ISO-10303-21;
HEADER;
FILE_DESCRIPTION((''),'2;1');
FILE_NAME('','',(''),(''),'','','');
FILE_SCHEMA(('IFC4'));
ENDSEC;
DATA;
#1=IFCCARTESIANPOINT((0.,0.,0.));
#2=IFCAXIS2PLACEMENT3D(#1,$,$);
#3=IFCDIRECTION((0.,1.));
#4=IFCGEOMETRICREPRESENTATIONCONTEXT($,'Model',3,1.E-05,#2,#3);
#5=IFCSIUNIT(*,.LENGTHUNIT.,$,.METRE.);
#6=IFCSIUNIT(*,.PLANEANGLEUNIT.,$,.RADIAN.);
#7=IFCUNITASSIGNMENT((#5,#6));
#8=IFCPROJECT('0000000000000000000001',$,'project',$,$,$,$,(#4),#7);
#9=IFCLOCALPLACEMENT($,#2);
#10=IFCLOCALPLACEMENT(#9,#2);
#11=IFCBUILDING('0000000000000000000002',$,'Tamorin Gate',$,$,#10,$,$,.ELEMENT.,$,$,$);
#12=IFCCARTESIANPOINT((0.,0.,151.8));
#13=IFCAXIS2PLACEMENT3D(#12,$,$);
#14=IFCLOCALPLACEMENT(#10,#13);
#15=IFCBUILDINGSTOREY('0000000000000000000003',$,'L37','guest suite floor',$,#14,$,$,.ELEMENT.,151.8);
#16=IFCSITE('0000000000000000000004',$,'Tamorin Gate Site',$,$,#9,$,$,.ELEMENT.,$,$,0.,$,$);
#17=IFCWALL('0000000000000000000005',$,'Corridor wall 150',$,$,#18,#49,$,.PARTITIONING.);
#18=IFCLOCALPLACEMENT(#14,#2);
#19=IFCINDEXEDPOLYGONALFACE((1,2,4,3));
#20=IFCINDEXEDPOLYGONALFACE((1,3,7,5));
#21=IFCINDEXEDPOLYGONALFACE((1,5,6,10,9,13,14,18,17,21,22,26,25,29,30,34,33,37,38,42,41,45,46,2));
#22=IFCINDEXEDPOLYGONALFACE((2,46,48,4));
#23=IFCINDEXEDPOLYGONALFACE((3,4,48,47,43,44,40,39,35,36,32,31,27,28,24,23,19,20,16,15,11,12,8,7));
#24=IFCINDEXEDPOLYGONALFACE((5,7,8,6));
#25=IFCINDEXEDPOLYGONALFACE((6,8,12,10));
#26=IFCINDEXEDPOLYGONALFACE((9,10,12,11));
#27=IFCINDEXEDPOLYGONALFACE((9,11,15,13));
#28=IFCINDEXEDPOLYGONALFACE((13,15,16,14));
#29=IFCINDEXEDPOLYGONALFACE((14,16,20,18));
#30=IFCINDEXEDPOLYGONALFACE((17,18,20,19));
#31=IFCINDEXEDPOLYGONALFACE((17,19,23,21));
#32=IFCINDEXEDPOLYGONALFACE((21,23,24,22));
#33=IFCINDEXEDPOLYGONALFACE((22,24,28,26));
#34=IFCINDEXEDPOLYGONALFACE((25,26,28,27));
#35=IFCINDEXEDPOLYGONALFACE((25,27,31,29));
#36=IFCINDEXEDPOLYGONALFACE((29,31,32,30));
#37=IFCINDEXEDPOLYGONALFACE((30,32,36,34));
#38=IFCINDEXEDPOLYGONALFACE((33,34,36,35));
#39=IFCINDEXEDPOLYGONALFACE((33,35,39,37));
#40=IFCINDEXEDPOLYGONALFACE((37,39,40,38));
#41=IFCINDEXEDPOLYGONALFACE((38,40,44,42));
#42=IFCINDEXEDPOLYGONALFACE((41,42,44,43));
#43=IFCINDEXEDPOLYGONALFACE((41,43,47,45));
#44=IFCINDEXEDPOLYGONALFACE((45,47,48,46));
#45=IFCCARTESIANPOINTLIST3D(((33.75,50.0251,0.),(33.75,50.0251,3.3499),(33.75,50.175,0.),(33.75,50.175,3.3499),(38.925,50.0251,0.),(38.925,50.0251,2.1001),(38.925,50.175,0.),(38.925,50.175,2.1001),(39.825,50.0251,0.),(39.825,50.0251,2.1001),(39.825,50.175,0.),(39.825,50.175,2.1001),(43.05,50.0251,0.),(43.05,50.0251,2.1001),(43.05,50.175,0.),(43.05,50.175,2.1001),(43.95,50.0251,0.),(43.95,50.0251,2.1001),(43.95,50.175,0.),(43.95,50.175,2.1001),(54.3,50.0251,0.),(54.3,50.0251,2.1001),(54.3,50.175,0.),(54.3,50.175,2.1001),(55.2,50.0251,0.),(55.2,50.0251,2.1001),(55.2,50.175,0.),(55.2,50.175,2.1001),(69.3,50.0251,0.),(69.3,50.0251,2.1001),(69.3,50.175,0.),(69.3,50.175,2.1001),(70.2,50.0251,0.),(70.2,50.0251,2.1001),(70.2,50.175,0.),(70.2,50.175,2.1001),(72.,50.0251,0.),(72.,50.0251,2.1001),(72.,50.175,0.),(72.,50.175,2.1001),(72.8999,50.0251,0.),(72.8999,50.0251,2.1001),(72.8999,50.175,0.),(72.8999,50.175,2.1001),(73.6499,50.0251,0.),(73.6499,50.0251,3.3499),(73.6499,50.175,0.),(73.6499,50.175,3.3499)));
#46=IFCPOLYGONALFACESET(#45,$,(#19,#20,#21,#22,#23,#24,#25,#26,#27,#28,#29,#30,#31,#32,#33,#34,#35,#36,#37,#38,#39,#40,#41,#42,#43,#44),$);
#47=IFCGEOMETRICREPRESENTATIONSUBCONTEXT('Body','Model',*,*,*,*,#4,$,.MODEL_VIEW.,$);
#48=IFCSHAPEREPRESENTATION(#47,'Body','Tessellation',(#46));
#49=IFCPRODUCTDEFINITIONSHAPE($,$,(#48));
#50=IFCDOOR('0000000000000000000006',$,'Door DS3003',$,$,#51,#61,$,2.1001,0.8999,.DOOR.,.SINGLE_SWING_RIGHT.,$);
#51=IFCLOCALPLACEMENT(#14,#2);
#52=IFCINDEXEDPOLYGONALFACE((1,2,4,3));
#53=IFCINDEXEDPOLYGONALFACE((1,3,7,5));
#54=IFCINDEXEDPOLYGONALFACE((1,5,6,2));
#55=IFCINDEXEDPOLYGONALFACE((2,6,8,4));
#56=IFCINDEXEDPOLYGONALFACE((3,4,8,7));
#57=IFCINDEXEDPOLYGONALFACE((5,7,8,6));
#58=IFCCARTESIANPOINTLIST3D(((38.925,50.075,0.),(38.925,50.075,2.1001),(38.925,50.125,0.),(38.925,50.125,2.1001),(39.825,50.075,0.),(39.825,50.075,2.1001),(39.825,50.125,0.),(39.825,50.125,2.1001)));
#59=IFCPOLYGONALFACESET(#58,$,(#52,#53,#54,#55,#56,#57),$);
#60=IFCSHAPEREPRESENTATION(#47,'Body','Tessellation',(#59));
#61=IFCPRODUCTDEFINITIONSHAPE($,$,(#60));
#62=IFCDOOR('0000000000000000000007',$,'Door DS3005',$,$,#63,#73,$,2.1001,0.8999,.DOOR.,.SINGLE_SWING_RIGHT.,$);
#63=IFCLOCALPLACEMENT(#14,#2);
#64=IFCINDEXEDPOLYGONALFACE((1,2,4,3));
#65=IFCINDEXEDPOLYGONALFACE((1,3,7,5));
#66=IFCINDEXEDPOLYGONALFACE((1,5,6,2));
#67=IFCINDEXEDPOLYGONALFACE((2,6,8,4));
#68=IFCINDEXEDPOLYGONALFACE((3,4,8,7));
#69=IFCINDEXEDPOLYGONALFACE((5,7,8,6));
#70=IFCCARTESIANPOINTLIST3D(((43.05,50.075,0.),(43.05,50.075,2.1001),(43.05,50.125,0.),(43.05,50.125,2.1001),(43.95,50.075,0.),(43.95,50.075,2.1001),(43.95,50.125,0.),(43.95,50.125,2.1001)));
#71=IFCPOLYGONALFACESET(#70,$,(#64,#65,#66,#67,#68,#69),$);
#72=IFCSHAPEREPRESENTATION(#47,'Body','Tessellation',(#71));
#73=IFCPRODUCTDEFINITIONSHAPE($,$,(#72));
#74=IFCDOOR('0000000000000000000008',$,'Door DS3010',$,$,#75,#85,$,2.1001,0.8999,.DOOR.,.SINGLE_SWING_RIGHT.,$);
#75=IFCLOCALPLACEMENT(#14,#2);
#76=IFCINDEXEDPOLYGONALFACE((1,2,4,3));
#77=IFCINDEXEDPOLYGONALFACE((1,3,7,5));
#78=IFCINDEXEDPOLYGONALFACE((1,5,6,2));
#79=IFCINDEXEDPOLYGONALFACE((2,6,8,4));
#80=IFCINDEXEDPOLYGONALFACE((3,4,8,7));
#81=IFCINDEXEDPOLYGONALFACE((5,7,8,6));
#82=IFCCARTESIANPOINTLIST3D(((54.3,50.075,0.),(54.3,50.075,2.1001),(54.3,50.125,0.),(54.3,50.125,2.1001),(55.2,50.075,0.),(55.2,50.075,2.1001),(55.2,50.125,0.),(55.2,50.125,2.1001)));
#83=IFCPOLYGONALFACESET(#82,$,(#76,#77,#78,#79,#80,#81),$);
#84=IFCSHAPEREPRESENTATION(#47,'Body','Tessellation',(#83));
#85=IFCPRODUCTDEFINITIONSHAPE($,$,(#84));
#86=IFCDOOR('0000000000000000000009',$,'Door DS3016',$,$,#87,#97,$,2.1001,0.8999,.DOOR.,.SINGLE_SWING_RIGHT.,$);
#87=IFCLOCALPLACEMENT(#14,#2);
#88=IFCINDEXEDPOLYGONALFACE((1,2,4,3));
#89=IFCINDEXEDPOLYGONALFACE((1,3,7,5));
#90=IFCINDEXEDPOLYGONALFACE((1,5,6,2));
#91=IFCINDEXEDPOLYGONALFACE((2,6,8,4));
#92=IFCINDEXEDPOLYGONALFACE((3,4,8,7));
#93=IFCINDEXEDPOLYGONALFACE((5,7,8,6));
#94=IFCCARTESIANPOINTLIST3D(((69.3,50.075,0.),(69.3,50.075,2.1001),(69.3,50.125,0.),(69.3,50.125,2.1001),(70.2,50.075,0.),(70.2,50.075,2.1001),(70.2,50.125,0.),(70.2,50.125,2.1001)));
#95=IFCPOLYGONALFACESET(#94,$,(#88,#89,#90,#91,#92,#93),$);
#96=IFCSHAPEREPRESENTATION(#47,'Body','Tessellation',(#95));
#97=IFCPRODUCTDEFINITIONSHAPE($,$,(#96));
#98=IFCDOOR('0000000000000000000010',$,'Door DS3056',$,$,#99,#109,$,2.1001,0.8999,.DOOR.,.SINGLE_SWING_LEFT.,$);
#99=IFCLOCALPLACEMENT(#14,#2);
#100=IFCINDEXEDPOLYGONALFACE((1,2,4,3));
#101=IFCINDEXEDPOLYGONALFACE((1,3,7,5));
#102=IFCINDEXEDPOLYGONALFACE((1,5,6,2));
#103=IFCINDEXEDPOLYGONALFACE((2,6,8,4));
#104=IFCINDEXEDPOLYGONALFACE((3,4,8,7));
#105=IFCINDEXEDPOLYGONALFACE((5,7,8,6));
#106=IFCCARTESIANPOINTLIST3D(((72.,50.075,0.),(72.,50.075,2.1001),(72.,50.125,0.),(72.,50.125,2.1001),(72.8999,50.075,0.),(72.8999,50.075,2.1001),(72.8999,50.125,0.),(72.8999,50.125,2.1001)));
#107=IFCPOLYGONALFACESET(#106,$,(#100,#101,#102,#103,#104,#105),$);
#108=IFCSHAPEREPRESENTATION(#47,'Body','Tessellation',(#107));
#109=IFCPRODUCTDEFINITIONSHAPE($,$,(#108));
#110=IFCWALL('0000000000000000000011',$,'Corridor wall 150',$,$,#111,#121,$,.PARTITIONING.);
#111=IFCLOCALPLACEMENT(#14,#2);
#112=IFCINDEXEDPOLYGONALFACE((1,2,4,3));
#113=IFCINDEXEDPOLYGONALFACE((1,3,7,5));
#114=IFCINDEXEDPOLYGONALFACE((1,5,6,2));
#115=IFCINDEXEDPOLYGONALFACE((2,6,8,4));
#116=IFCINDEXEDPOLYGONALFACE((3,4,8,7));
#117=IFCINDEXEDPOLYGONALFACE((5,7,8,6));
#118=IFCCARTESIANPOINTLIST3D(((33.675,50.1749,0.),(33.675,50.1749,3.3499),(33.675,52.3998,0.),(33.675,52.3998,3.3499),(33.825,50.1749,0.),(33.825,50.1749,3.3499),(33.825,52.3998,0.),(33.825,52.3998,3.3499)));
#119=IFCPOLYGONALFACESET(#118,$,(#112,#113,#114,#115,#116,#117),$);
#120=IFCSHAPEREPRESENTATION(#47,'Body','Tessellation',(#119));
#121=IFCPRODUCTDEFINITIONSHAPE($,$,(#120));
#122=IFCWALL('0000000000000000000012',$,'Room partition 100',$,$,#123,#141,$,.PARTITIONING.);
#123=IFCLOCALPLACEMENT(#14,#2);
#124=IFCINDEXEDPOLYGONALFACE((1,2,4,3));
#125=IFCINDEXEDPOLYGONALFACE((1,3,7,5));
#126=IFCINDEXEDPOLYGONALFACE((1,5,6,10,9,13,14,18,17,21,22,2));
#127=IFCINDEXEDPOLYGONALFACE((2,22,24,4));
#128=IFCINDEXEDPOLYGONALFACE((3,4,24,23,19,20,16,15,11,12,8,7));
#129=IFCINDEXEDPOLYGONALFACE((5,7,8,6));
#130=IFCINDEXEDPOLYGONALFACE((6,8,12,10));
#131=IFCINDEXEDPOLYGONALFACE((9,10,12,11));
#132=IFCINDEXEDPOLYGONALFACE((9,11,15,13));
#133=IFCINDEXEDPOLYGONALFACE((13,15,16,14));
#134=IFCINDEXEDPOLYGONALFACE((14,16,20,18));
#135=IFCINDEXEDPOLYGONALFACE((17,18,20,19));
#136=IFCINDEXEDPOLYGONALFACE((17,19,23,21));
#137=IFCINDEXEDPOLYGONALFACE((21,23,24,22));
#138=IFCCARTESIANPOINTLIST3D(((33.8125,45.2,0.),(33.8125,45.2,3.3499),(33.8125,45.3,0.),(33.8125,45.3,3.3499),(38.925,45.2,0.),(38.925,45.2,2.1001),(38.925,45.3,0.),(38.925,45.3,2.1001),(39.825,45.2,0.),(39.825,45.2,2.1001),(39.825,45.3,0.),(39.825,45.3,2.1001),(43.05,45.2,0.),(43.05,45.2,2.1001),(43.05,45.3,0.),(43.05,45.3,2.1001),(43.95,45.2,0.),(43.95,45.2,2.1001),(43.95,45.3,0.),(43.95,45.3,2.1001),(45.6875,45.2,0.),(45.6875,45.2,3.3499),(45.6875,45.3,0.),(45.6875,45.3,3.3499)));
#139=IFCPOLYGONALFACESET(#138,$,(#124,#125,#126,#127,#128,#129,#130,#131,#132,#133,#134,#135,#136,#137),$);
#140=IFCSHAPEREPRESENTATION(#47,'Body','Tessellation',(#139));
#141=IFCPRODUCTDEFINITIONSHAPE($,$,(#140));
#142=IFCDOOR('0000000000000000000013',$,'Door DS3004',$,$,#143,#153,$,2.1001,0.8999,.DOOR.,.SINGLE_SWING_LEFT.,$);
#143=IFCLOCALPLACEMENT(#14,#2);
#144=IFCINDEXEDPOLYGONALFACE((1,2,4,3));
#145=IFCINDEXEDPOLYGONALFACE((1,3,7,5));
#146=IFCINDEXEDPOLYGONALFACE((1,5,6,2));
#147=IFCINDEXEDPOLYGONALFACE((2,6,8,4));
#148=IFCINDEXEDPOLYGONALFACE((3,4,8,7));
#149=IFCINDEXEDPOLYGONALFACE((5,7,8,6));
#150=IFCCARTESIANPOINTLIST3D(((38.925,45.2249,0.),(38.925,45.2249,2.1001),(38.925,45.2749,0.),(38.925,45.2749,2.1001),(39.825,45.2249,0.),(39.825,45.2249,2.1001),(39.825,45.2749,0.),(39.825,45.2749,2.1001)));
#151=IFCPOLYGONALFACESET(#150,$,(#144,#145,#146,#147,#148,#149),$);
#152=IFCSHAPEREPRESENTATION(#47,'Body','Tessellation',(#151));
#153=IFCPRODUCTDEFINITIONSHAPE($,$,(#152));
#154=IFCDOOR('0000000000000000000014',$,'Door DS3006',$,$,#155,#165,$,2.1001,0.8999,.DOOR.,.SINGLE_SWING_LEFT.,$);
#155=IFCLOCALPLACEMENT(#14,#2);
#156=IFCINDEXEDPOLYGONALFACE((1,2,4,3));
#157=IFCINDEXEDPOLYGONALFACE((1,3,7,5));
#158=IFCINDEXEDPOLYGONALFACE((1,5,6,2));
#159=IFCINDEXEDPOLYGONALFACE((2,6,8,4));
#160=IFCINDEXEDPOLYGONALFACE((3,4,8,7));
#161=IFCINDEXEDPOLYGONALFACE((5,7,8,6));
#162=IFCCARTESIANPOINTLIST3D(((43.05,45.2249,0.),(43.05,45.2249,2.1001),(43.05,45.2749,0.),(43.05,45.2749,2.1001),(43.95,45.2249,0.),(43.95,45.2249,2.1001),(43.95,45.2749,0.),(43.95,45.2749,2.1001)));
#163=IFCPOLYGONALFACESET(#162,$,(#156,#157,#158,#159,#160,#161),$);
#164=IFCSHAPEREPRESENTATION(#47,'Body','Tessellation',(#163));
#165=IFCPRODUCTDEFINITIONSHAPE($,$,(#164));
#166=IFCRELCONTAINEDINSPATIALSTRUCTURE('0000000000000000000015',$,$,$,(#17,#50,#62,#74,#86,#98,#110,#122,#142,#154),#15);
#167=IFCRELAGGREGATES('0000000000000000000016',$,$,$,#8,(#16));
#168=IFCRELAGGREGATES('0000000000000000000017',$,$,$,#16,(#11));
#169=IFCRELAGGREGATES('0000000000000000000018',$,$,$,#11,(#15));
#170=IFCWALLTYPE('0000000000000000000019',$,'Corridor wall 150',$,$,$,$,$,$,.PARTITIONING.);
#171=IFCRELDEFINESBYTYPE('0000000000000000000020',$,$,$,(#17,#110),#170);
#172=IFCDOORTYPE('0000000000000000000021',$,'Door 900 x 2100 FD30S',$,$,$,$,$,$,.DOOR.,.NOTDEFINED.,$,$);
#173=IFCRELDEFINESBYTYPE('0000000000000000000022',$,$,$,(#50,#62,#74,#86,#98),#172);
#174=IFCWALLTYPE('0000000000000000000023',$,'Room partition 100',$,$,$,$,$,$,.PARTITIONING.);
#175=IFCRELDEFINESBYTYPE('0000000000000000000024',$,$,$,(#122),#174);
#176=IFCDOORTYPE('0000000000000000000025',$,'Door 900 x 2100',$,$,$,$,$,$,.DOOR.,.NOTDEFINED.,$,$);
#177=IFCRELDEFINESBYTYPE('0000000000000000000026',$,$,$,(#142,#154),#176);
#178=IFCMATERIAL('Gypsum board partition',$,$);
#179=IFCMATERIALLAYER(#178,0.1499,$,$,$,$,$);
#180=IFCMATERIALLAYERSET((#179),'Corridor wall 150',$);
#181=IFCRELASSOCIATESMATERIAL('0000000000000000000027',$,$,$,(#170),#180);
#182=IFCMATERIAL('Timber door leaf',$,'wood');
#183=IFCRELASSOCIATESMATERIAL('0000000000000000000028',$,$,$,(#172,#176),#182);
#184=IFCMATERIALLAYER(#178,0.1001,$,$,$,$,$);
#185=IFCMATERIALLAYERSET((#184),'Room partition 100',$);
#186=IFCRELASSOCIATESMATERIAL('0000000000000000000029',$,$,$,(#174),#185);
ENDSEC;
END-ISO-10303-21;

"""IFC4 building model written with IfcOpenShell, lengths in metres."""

from ifc_helpers import new_model, si_unit, direction, frame, frame_2d, origin, place, context, subcontext, project, spatial, rectangle, extrude, material, layer, layer_set, type_object, element, fill, save


model = new_model("IFC4")

# Units and contexts
model_context = context("Model", 3, precision=1e-05, world=origin(), true_north=direction((0.0, 1.0)))
body_context = subcontext(model_context, "Body", "Model", "MODEL_VIEW")
ifc_project = project(units=[si_unit("LENGTHUNIT", "METRE"), si_unit("PLANEANGLEUNIT", "RADIAN")], contexts=[model_context])

# Site, building, storey
site_placement = place(None, origin())
site = spatial("IfcSite", under=ifc_project, at=site_placement, Name="Tamorin Gate Site", CompositionType="ELEMENT", RefElevation=0.0)
building_placement = place(site_placement, origin())
building = spatial("IfcBuilding", under=site, at=building_placement, Name="Tamorin Gate", CompositionType="ELEMENT")
storey_placement = place(building_placement, frame((0.0, 0.0, 151.8)))
storey = spatial("IfcBuildingStorey", under=building, at=storey_placement, Name="L37", Description="guest suite floor", CompositionType="ELEMENT", Elevation=151.8)

# Wall, openings, doors
ifc_material_1 = material(Name="Gypsum board partition")
ifc_layer_1 = layer(ifc_material_1, 0.1499)
ifc_layer_set_1 = layer_set([ifc_layer_1], Name="Corridor wall 150")
wall_type_1 = type_object("IfcWallType", Name="Corridor wall 150", PredefinedType="PARTITIONING", material=ifc_layer_set_1)
wall_1_placement = place(storey_placement, frame((33.75, 50.1001, 0.0), z_axis=(0.0, 0.0, 1.0), x_axis=(1.0, 0.0, 0.0)))
wall_1 = element("IfcWall", 1, at=wall_1_placement, inside=storey, type_object=wall_type_1, Name="Corridor wall 150", PredefinedType="PARTITIONING", context=body_context, shape_type="SweptSolid", body=[
    extrude(rectangle(XDim=39.8999, YDim=0.1499, at=frame_2d((19.95, 0.0))), origin(), (0.0, 0.0, 1.0), 3.3499),
])
opening_1_placement = place(wall_1_placement, frame((5.175, 0.0, 0.0)))
opening_1 = element("IfcOpeningElement", 2, at=opening_1_placement, cuts=wall_1, PredefinedType="OPENING", context=body_context, shape_type="SweptSolid", body=[
    extrude(rectangle(XDim=0.8999, YDim=2.1001, at=frame_2d((0.45, 1.05))), frame((0.0, 0.085, 0.0), z_axis=(0.0, -1.0, 0.0), x_axis=(1.0, 0.0, 0.0)), (0.0, 0.0, 1.0), 0.1699),
])
opening_2_placement = place(wall_1_placement, frame((9.3, 0.0, 0.0)))
opening_2 = element("IfcOpeningElement", 3, at=opening_2_placement, cuts=wall_1, PredefinedType="OPENING", context=body_context, shape_type="SweptSolid", body=[
    extrude(rectangle(XDim=0.8999, YDim=2.1001, at=frame_2d((0.45, 1.05))), frame((0.0, 0.085, 0.0), z_axis=(0.0, -1.0, 0.0), x_axis=(1.0, 0.0, 0.0)), (0.0, 0.0, 1.0), 0.1699),
])
opening_3_placement = place(wall_1_placement, frame((20.55, 0.0, 0.0)))
opening_3 = element("IfcOpeningElement", 4, at=opening_3_placement, cuts=wall_1, PredefinedType="OPENING", context=body_context, shape_type="SweptSolid", body=[
    extrude(rectangle(XDim=0.8999, YDim=2.1001, at=frame_2d((0.45, 1.05))), frame((0.0, 0.085, 0.0), z_axis=(0.0, -1.0, 0.0), x_axis=(1.0, 0.0, 0.0)), (0.0, 0.0, 1.0), 0.1699),
])
opening_4_placement = place(wall_1_placement, frame((35.55, 0.0, 0.0)))
opening_4 = element("IfcOpeningElement", 5, at=opening_4_placement, cuts=wall_1, PredefinedType="OPENING", context=body_context, shape_type="SweptSolid", body=[
    extrude(rectangle(XDim=0.8999, YDim=2.1001, at=frame_2d((0.45, 1.05))), frame((0.0, 0.085, 0.0), z_axis=(0.0, -1.0, 0.0), x_axis=(1.0, 0.0, 0.0)), (0.0, 0.0, 1.0), 0.1699),
])
opening_5_placement = place(wall_1_placement, frame((38.25, 0.0, 0.0)))
opening_5 = element("IfcOpeningElement", 6, at=opening_5_placement, cuts=wall_1, PredefinedType="OPENING", context=body_context, shape_type="SweptSolid", body=[
    extrude(rectangle(XDim=0.8999, YDim=2.1001, at=frame_2d((0.45, 1.05))), frame((0.0, 0.085, 0.0), z_axis=(0.0, -1.0, 0.0), x_axis=(1.0, 0.0, 0.0)), (0.0, 0.0, 1.0), 0.1699),
])
ifc_material_2 = material(Name="Timber door leaf", Category="wood")
door_type_1 = type_object("IfcDoorType", Name="Door 900 x 2100 FD30S", OperationType="NOTDEFINED", PredefinedType="DOOR", material=ifc_material_2)
door_1_placement = place(opening_1_placement, origin())
door_1 = element("IfcDoor", 7, at=door_1_placement, inside=storey, type_object=door_type_1, Name="Door DS3003", OperationType="SINGLE_SWING_RIGHT", OverallHeight=2.1001, OverallWidth=0.8999, PredefinedType="DOOR", context=body_context, shape_type="SweptSolid", body=[
    extrude(rectangle(XDim=0.8999, YDim=2.1001, at=frame_2d((0.45, 1.05))), frame((0.0, 0.0249, 0.0), z_axis=(0.0, -1.0, 0.0), x_axis=(1.0, 0.0, 0.0)), (0.0, 0.0, 1.0), 0.05),
])
fill(opening_1, door_1)
door_2_placement = place(opening_2_placement, origin())
door_2 = element("IfcDoor", 8, at=door_2_placement, inside=storey, type_object=door_type_1, Name="Door DS3005", OperationType="SINGLE_SWING_RIGHT", OverallHeight=2.1001, OverallWidth=0.8999, PredefinedType="DOOR", context=body_context, shape_type="SweptSolid", body=[
    extrude(rectangle(XDim=0.8999, YDim=2.1001, at=frame_2d((0.45, 1.05))), frame((0.0, 0.0249, 0.0), z_axis=(0.0, -1.0, 0.0), x_axis=(1.0, 0.0, 0.0)), (0.0, 0.0, 1.0), 0.05),
])
fill(opening_2, door_2)
door_3_placement = place(opening_3_placement, origin())
door_3 = element("IfcDoor", 9, at=door_3_placement, inside=storey, type_object=door_type_1, Name="Door DS3010", OperationType="SINGLE_SWING_RIGHT", OverallHeight=2.1001, OverallWidth=0.8999, PredefinedType="DOOR", context=body_context, shape_type="SweptSolid", body=[
    extrude(rectangle(XDim=0.8999, YDim=2.1001, at=frame_2d((0.45, 1.05))), frame((0.0, 0.0249, 0.0), z_axis=(0.0, -1.0, 0.0), x_axis=(1.0, 0.0, 0.0)), (0.0, 0.0, 1.0), 0.05),
])
fill(opening_3, door_3)
door_4_placement = place(opening_4_placement, origin())
door_4 = element("IfcDoor", 10, at=door_4_placement, inside=storey, type_object=door_type_1, Name="Door DS3016", OperationType="SINGLE_SWING_RIGHT", OverallHeight=2.1001, OverallWidth=0.8999, PredefinedType="DOOR", context=body_context, shape_type="SweptSolid", body=[
    extrude(rectangle(XDim=0.8999, YDim=2.1001, at=frame_2d((0.45, 1.05))), frame((0.0, 0.0249, 0.0), z_axis=(0.0, -1.0, 0.0), x_axis=(1.0, 0.0, 0.0)), (0.0, 0.0, 1.0), 0.05),
])
fill(opening_4, door_4)
door_5_placement = place(opening_5_placement, origin())
door_5 = element("IfcDoor", 11, at=door_5_placement, inside=storey, type_object=door_type_1, Name="Door DS3056", OperationType="SINGLE_SWING_LEFT", OverallHeight=2.1001, OverallWidth=0.8999, PredefinedType="DOOR", context=body_context, shape_type="SweptSolid", body=[
    extrude(rectangle(XDim=0.8999, YDim=2.1001, at=frame_2d((0.45, 1.05))), frame((0.0, 0.0249, 0.0), z_axis=(0.0, -1.0, 0.0), x_axis=(1.0, 0.0, 0.0)), (0.0, 0.0, 1.0), 0.05),
])
fill(opening_5, door_5)

# Wall
wall_2_placement = place(storey_placement, frame((33.75, 50.175, 0.0), z_axis=(0.0, 0.0, 1.0), x_axis=(0.0, 1.0, 0.0)))
element("IfcWall", 12, at=wall_2_placement, inside=storey, type_object=wall_type_1, Name="Corridor wall 150", PredefinedType="PARTITIONING", context=body_context, shape_type="SweptSolid", body=[
    extrude(rectangle(XDim=2.2249, YDim=0.1499, at=frame_2d((1.1123, 0.0))), origin(), (0.0, 0.0, 1.0), 3.3499),
])

# Wall, openings, doors
ifc_layer_2 = layer(ifc_material_1, 0.1001)
ifc_layer_set_2 = layer_set([ifc_layer_2], Name="Room partition 100")
wall_type_2 = type_object("IfcWallType", Name="Room partition 100", PredefinedType="PARTITIONING", material=ifc_layer_set_2)
wall_3_placement = place(storey_placement, frame((33.8125, 45.25, 0.0), z_axis=(0.0, 0.0, 1.0), x_axis=(1.0, 0.0, 0.0)))
wall_3 = element("IfcWall", 13, at=wall_3_placement, inside=storey, type_object=wall_type_2, Name="Room partition 100", PredefinedType="PARTITIONING", context=body_context, shape_type="SweptSolid", body=[
    extrude(rectangle(XDim=11.875, YDim=0.1001, at=frame_2d((5.9375, 0.0))), origin(), (0.0, 0.0, 1.0), 3.3499),
])
opening_6_placement = place(wall_3_placement, frame((5.1125, 0.0, 0.0)))
opening_6 = element("IfcOpeningElement", 14, at=opening_6_placement, cuts=wall_3, PredefinedType="OPENING", context=body_context, shape_type="SweptSolid", body=[
    extrude(rectangle(XDim=0.8999, YDim=2.1001, at=frame_2d((0.45, 1.05))), frame((0.0, 0.0601, 0.0), z_axis=(0.0, -1.0, 0.0), x_axis=(1.0, 0.0, 0.0)), (0.0, 0.0, 1.0), 0.1201),
])
opening_7_placement = place(wall_3_placement, frame((9.2375, 0.0, 0.0)))
opening_7 = element("IfcOpeningElement", 15, at=opening_7_placement, cuts=wall_3, PredefinedType="OPENING", context=body_context, shape_type="SweptSolid", body=[
    extrude(rectangle(XDim=0.8999, YDim=2.1001, at=frame_2d((0.45, 1.05))), frame((0.0, 0.0601, 0.0), z_axis=(0.0, -1.0, 0.0), x_axis=(1.0, 0.0, 0.0)), (0.0, 0.0, 1.0), 0.1201),
])
door_type_2 = type_object("IfcDoorType", Name="Door 900 x 2100", OperationType="NOTDEFINED", PredefinedType="DOOR", material=ifc_material_2)
door_6_placement = place(opening_6_placement, origin())
door_6 = element("IfcDoor", 16, at=door_6_placement, inside=storey, type_object=door_type_2, Name="Door DS3004", OperationType="SINGLE_SWING_LEFT", OverallHeight=2.1001, OverallWidth=0.8999, PredefinedType="DOOR", context=body_context, shape_type="SweptSolid", body=[
    extrude(rectangle(XDim=0.8999, YDim=2.1001, at=frame_2d((0.45, 1.05))), frame((0.0, 0.0249, 0.0), z_axis=(0.0, -1.0, 0.0), x_axis=(1.0, 0.0, 0.0)), (0.0, 0.0, 1.0), 0.05),
])
fill(opening_6, door_6)
door_7_placement = place(opening_7_placement, origin())
door_7 = element("IfcDoor", 17, at=door_7_placement, inside=storey, type_object=door_type_2, Name="Door DS3006", OperationType="SINGLE_SWING_LEFT", OverallHeight=2.1001, OverallWidth=0.8999, PredefinedType="DOOR", context=body_context, shape_type="SweptSolid", body=[
    extrude(rectangle(XDim=0.8999, YDim=2.1001, at=frame_2d((0.45, 1.05))), frame((0.0, 0.0249, 0.0), z_axis=(0.0, -1.0, 0.0), x_axis=(1.0, 0.0, 0.0)), (0.0, 0.0, 1.0), 0.05),
])
fill(opening_7, door_7)

save(model, "model.ifc")
